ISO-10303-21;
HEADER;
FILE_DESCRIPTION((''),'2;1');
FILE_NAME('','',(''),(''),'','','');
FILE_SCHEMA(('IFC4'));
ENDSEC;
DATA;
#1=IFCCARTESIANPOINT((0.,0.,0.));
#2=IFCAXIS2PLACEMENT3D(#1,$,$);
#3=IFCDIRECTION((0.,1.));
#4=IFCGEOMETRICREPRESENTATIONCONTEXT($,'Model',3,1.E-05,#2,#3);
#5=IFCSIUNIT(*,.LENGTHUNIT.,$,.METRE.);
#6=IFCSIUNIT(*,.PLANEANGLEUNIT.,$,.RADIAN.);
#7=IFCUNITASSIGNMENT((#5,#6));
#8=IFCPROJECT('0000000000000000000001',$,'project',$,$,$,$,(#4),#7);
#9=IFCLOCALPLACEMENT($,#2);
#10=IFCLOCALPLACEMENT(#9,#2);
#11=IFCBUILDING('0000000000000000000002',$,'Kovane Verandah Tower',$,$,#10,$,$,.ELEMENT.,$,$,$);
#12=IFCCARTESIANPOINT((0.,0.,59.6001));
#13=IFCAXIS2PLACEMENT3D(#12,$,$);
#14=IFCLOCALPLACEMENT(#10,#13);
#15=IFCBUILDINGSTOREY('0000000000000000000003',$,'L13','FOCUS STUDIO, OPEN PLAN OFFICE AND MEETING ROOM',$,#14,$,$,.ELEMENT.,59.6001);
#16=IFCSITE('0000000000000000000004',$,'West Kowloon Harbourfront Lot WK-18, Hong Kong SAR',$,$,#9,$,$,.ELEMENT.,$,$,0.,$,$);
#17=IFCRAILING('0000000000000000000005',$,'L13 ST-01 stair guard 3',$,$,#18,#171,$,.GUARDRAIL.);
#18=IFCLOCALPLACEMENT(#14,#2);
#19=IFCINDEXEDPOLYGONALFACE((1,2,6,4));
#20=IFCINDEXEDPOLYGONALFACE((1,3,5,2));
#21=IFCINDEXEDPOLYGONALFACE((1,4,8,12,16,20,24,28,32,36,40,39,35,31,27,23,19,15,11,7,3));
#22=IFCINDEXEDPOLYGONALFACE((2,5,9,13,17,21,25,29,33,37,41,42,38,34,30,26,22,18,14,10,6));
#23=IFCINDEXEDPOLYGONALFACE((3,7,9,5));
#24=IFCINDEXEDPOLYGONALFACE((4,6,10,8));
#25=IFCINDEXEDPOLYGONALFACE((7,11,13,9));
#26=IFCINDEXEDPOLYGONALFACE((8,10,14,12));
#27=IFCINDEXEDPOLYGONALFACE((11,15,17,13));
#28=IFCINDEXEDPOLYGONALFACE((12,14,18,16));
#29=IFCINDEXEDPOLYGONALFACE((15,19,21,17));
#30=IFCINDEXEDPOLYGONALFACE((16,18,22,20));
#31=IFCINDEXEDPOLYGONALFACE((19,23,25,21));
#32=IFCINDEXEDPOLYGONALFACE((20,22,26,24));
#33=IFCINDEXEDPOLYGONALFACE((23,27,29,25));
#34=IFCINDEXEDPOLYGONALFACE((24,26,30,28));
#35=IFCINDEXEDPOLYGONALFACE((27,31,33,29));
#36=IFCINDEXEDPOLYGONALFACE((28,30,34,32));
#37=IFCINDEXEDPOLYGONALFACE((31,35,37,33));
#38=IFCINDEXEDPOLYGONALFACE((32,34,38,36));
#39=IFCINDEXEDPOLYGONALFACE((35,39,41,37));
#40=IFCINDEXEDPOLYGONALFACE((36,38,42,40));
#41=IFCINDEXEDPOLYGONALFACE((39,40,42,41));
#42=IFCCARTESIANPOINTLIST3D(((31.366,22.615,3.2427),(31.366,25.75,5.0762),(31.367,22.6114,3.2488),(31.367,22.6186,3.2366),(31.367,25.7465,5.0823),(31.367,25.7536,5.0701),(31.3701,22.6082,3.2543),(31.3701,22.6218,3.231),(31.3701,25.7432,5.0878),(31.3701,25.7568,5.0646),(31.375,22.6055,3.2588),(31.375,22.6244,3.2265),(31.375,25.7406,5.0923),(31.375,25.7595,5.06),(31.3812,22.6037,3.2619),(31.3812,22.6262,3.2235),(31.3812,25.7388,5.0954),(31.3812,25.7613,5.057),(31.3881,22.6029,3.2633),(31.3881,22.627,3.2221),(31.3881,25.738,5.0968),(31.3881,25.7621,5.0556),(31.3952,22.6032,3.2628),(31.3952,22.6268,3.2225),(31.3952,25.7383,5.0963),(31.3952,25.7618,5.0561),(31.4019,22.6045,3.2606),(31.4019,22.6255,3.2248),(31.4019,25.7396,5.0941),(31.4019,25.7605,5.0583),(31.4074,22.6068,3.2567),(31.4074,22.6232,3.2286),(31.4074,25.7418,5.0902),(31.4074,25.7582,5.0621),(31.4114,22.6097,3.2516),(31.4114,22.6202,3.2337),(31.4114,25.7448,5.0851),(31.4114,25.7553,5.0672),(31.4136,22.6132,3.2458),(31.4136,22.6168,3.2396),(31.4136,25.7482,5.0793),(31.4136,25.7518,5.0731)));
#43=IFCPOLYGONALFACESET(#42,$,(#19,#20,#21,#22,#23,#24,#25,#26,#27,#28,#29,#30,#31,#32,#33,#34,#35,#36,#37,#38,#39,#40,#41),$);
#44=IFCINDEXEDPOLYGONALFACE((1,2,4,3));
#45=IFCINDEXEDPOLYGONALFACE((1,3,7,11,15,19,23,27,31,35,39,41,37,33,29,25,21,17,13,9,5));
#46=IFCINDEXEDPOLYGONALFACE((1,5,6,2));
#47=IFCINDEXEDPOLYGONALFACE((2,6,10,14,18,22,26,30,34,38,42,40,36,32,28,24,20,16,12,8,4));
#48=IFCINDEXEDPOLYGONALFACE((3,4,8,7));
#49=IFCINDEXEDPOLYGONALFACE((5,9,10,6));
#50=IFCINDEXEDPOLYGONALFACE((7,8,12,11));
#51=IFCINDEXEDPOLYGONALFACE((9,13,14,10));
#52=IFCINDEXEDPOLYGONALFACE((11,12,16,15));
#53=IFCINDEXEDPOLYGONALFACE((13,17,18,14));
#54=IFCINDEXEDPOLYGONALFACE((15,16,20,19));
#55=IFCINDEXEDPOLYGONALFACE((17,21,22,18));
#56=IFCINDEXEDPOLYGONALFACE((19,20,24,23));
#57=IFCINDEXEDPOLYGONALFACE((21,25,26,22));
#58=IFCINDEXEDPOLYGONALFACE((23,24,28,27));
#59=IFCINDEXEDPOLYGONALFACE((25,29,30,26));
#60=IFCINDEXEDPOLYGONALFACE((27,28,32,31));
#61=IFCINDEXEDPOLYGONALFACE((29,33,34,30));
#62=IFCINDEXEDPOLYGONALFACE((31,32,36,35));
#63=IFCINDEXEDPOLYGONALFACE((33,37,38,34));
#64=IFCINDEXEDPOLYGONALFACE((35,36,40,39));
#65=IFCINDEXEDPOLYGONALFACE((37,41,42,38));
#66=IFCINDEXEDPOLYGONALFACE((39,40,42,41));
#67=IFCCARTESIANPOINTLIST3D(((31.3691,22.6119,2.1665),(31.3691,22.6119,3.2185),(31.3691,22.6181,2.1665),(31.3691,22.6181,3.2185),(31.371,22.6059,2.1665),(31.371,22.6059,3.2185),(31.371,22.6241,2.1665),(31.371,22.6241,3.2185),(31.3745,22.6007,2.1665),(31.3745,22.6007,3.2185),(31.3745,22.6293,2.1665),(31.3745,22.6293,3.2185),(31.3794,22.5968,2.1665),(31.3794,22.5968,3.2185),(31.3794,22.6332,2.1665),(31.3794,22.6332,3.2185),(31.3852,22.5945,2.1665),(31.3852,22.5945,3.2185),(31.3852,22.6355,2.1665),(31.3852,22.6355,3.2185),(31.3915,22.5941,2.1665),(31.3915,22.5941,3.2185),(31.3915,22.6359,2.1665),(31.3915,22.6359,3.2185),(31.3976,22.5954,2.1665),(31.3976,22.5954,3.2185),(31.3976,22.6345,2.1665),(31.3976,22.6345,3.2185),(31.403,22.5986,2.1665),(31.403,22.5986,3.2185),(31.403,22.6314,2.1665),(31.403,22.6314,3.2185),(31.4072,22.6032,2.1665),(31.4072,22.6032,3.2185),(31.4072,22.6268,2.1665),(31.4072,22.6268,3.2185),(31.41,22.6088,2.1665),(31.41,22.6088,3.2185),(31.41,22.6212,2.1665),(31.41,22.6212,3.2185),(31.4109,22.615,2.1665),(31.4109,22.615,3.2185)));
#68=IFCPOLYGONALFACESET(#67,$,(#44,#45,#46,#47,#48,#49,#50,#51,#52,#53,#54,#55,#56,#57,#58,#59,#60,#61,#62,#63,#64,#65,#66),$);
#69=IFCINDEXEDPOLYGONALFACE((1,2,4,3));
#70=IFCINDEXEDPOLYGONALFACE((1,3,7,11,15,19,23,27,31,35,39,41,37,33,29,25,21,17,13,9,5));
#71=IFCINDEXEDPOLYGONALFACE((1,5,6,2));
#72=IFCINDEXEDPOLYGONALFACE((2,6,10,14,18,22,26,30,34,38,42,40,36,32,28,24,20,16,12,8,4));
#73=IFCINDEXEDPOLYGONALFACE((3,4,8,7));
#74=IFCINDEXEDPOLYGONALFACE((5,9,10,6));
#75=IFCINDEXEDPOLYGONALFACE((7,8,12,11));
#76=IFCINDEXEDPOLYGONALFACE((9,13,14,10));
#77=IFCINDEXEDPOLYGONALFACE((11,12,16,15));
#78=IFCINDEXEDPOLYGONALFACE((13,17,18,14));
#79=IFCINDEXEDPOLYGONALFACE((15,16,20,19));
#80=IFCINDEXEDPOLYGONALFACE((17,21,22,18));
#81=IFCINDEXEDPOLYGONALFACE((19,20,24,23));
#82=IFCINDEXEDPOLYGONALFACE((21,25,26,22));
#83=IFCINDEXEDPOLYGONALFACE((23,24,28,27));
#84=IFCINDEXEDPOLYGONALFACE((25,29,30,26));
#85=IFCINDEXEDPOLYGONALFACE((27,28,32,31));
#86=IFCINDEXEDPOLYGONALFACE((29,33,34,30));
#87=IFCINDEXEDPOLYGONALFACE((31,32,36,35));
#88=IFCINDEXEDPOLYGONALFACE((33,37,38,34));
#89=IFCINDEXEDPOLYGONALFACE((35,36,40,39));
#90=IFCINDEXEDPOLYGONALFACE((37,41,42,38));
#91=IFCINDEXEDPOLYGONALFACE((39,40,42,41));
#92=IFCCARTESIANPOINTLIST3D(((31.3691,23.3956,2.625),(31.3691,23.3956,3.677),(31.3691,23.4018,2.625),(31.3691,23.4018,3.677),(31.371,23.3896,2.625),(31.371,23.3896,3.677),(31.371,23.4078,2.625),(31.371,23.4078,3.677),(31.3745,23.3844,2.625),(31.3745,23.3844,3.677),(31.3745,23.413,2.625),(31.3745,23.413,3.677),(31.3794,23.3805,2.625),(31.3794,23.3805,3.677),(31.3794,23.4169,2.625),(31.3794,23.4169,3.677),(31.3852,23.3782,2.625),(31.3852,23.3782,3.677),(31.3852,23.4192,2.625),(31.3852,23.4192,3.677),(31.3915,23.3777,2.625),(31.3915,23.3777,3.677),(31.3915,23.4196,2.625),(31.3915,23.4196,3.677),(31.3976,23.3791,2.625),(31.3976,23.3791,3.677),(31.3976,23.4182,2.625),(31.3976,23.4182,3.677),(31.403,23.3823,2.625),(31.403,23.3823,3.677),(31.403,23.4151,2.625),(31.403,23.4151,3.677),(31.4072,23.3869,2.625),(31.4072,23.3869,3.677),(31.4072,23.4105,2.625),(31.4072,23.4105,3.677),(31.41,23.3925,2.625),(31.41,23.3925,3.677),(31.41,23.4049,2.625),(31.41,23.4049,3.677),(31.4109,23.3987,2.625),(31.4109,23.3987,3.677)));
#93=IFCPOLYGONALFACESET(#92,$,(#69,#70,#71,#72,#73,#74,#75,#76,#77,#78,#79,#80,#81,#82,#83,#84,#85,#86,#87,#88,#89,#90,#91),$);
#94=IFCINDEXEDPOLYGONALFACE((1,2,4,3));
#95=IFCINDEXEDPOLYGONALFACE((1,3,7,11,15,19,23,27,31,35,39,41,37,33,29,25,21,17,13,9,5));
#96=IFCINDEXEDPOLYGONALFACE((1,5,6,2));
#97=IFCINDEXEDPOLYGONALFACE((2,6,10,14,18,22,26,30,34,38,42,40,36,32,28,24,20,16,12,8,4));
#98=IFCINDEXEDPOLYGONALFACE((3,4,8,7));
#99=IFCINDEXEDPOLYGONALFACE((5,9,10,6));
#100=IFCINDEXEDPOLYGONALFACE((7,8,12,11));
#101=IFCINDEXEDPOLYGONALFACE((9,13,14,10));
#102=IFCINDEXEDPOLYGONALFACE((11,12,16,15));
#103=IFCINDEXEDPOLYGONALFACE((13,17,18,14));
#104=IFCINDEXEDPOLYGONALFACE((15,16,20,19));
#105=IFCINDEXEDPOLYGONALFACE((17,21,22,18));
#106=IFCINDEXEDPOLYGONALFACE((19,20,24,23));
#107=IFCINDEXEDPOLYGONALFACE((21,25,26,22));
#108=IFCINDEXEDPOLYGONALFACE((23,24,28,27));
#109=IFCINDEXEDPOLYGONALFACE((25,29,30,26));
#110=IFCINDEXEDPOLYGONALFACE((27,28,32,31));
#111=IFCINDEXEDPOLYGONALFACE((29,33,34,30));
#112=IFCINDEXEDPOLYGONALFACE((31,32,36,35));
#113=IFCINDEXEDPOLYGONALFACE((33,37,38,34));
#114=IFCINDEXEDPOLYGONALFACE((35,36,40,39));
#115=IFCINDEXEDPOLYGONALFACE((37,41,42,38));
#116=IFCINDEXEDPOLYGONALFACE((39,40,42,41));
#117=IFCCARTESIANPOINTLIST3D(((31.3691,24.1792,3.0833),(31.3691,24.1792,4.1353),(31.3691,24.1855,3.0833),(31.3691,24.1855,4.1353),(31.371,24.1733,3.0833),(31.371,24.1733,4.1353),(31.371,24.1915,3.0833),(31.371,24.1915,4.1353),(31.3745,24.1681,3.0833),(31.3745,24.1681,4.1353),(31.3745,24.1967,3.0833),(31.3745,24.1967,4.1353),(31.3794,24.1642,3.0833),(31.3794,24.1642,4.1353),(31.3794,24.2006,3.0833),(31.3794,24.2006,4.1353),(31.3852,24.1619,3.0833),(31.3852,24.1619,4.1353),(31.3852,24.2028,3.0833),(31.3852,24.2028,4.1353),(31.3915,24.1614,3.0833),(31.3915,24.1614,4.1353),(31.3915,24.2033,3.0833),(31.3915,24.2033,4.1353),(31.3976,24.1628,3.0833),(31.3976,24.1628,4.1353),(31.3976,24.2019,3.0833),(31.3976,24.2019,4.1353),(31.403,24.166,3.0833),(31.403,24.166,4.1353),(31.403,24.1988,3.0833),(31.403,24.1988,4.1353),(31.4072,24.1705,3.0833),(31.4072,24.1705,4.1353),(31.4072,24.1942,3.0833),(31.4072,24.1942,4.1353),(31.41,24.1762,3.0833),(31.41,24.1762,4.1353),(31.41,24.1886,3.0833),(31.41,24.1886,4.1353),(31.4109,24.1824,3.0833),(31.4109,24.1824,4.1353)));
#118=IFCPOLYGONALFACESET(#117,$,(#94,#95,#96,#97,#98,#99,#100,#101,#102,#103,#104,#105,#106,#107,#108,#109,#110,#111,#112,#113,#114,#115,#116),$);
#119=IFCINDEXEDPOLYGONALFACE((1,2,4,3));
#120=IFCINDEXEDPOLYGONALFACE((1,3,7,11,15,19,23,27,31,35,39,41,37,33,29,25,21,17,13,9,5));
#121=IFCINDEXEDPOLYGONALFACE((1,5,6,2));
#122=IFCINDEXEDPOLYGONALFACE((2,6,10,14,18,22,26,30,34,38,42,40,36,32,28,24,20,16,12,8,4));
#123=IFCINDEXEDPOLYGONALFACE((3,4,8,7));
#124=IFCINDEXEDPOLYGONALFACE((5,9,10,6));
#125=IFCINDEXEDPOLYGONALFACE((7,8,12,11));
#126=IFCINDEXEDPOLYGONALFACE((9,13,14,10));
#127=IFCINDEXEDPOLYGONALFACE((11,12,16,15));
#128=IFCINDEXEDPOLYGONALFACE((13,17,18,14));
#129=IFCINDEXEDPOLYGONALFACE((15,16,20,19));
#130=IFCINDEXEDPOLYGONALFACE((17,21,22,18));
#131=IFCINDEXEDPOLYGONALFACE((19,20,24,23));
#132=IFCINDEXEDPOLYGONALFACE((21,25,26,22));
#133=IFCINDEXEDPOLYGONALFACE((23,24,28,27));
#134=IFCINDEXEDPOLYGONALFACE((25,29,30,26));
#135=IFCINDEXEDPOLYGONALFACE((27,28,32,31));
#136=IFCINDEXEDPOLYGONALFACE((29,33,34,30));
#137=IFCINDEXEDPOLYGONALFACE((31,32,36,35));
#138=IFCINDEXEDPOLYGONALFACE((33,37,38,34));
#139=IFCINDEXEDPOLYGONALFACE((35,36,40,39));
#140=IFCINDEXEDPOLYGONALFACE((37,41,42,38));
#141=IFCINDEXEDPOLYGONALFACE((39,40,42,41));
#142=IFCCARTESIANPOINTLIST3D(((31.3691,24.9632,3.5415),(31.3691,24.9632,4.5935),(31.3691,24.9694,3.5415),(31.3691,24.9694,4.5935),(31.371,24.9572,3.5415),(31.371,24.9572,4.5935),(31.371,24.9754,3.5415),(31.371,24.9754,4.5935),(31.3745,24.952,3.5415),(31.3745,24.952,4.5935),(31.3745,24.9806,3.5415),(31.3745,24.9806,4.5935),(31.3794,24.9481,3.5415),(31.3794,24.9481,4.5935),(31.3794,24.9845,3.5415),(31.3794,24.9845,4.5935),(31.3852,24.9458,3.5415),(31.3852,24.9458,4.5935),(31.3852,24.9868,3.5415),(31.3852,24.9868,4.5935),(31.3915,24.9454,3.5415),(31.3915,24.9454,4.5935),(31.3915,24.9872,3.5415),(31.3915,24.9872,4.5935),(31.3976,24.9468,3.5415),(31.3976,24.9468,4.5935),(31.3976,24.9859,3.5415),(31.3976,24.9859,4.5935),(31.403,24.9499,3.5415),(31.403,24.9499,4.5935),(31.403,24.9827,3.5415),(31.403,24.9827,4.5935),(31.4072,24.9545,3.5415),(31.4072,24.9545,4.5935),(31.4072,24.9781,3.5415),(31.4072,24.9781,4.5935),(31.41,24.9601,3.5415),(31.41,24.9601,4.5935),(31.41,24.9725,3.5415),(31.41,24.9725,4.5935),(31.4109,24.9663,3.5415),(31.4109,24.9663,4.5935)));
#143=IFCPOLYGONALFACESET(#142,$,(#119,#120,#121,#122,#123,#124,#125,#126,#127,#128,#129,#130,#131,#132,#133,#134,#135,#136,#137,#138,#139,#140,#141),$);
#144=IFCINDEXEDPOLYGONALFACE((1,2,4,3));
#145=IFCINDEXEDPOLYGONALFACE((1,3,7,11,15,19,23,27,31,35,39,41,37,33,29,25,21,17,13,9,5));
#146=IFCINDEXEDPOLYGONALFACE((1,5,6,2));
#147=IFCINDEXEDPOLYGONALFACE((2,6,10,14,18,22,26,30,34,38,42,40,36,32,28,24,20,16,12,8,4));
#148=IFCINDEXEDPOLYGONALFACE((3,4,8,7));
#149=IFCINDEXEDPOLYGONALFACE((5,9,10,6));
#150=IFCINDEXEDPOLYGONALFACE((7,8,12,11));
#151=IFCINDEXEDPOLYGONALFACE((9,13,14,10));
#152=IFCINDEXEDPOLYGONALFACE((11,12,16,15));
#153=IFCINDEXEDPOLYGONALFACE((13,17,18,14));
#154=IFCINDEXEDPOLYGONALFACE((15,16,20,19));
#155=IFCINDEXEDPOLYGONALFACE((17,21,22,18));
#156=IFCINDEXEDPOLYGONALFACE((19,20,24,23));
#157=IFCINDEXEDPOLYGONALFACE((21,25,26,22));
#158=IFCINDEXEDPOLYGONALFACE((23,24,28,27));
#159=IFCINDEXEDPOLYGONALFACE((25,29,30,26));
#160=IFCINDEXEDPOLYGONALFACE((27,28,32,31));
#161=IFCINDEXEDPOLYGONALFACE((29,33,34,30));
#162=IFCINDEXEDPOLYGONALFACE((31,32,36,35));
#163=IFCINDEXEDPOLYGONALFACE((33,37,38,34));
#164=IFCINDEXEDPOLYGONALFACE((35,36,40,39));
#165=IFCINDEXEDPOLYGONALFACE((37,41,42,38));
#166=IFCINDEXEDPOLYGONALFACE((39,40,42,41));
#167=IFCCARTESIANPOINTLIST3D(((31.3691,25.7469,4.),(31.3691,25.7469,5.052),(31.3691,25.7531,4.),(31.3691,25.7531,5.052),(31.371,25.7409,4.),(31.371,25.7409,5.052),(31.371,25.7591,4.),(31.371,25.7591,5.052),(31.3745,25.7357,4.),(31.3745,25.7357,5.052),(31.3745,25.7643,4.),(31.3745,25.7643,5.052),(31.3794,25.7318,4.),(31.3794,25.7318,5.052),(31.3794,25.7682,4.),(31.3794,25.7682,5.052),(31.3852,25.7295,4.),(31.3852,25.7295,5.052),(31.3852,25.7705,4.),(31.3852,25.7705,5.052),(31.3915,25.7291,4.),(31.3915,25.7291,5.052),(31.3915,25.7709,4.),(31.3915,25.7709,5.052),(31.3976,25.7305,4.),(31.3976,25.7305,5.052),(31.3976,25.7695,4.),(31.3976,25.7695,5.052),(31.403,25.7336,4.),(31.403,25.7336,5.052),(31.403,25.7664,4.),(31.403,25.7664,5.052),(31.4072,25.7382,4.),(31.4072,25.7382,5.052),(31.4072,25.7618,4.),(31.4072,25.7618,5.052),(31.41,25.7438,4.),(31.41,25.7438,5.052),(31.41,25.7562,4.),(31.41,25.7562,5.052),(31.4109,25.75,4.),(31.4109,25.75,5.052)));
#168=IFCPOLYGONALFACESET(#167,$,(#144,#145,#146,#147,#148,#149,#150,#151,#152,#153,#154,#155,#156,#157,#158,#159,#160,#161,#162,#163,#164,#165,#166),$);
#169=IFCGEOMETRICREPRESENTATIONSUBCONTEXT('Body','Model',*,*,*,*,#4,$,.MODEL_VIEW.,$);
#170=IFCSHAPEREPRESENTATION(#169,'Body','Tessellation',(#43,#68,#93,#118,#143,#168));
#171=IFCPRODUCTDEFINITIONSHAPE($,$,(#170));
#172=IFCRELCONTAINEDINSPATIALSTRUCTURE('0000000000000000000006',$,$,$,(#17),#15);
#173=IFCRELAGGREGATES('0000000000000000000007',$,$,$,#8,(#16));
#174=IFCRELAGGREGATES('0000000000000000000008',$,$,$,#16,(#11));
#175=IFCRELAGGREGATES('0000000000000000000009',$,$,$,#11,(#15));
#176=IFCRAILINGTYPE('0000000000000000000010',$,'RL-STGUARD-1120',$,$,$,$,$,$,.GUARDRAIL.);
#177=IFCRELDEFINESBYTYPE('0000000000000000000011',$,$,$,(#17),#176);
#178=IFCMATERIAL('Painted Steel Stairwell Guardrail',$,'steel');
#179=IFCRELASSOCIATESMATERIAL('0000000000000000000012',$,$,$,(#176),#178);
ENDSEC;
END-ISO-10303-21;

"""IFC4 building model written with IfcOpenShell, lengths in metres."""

from ifc_helpers import new_model, si_unit, direction, frame, origin, origin_2d, place, context, subcontext, project, spatial, circle, extrude, material, type_object, element, save


model = new_model("IFC4")

# Units and contexts
model_context = context("Model", 3, precision=1e-05, world=origin(), true_north=direction((0.0, 1.0)))
body_context = subcontext(model_context, "Body", "Model", "MODEL_VIEW")
ifc_project = project(units=[si_unit("LENGTHUNIT", "METRE"), si_unit("PLANEANGLEUNIT", "RADIAN")], contexts=[model_context])

# Site, building, storey
site_placement = place(None, origin())
site = spatial("IfcSite", under=ifc_project, at=site_placement, Name="West Kowloon Harbourfront Lot WK-18, Hong Kong SAR", CompositionType="ELEMENT", RefElevation=0.0)
building_placement = place(site_placement, origin())
building = spatial("IfcBuilding", under=site, at=building_placement, Name="Kovane Verandah Tower", CompositionType="ELEMENT")
storey_placement = place(building_placement, frame((0.0, 0.0, 59.6001)))
storey = spatial("IfcBuildingStorey", under=building, at=storey_placement, Name="L13", Description="FOCUS STUDIO, OPEN PLAN OFFICE AND MEETING ROOM", CompositionType="ELEMENT", Elevation=59.6001)

# Railing
ifc_material_1 = material(Name="Painted Steel Stairwell Guardrail", Category="steel")
railing_type_1 = type_object("IfcRailingType", Name="RL-STGUARD-1120", PredefinedType="GUARDRAIL", material=ifc_material_1)
railing_1_placement = place(storey_placement, frame((31.3899, 22.615, 2.1665)))
element("IfcRailing", 1, at=railing_1_placement, inside=storey, type_object=railing_type_1, Name="L13 ST-01 stair guard 3", PredefinedType="GUARDRAIL", context=body_context, shape_type="SweptSolid", body=[
    extrude(circle(Radius=0.0239, at=origin_2d()), frame((0.0, 0.0, 1.0762), z_axis=(0.0, 0.86321, 0.504845), x_axis=(-1.0, 0.0, 0.0)), (0.0, 0.0, 1.0), 3.6318),
    extrude(circle(Radius=0.021, at=origin_2d()), origin(), (0.0, 0.0, 1.0), 1.052),
    extrude(circle(Radius=0.021, at=origin_2d()), frame((0.0, 0.7837, 0.4585)), (0.0, 0.0, 1.0), 1.052),
    extrude(circle(Radius=0.021, at=origin_2d()), frame((0.0, 1.5674, 0.9167)), (0.0, 0.0, 1.0), 1.052),
    extrude(circle(Radius=0.021, at=origin_2d()), frame((0.0, 2.3513, 1.375)), (0.0, 0.0, 1.0), 1.052),
    extrude(circle(Radius=0.021, at=origin_2d()), frame((0.0, 3.135, 1.8335)), (0.0, 0.0, 1.0), 1.052),
])

save(model, "model.ifc")
